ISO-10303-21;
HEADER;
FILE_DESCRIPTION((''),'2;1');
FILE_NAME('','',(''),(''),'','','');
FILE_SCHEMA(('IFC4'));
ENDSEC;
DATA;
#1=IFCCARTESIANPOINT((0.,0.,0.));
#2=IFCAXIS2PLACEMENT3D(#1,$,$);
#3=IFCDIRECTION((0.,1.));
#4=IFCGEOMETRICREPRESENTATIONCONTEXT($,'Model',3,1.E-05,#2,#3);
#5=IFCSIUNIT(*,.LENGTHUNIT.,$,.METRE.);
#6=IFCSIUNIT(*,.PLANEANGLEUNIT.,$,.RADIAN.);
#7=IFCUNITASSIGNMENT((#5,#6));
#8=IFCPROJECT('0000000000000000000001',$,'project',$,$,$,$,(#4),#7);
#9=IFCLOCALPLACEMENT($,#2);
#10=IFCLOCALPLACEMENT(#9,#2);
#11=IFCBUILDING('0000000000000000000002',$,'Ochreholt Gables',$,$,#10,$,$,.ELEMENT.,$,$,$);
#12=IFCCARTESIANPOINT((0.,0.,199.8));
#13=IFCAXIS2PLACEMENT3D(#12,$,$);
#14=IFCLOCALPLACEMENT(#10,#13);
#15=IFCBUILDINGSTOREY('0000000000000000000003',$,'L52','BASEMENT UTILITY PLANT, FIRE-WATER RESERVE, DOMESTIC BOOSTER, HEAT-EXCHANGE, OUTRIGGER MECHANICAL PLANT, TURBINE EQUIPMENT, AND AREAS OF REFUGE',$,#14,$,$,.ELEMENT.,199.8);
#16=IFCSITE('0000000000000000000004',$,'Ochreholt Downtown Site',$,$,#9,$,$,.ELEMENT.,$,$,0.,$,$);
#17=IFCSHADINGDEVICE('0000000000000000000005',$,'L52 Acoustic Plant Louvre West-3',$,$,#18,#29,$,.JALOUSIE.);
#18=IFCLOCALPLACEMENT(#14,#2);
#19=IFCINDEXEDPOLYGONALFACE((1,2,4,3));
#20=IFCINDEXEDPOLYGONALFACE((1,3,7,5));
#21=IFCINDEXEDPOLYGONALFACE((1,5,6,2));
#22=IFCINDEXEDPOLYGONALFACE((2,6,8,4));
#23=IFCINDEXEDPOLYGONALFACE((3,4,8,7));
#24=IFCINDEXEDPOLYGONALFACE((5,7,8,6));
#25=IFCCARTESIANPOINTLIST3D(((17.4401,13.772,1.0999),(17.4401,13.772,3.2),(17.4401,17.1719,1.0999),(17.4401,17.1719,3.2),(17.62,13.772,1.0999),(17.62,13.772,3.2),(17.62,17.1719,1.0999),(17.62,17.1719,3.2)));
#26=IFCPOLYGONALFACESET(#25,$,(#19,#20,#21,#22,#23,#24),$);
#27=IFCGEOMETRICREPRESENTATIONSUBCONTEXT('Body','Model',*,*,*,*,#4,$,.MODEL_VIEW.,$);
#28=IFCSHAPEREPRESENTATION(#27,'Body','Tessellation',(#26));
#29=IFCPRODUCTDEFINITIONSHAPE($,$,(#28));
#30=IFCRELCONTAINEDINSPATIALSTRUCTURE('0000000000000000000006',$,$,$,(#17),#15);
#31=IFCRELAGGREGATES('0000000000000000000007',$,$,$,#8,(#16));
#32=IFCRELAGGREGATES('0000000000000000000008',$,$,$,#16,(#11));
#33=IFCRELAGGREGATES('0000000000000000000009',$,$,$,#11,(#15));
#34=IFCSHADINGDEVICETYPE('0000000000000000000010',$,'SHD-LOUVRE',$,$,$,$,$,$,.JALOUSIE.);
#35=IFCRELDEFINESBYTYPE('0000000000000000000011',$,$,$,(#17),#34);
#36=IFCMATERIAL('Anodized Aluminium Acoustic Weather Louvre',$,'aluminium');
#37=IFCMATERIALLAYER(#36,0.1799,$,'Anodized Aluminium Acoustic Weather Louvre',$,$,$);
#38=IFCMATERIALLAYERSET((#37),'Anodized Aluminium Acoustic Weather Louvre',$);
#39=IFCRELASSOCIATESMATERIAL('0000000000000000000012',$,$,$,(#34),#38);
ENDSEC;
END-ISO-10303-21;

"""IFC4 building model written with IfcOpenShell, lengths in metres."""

from ifc_helpers import new_model, si_unit, direction, frame, origin, origin_2d, place, context, subcontext, project, spatial, rectangle, extrude, material, layer, layer_set, type_object, element, save


model = new_model("IFC4")

# Units and contexts
model_context = context("Model", 3, precision=1e-05, world=origin(), true_north=direction((0.0, 1.0)))
body_context = subcontext(model_context, "Body", "Model", "MODEL_VIEW")
ifc_project = project(units=[si_unit("LENGTHUNIT", "METRE"), si_unit("PLANEANGLEUNIT", "RADIAN")], contexts=[model_context])

# Site, building, storey
site_placement = place(None, origin())
site = spatial("IfcSite", under=ifc_project, at=site_placement, Name="Ochreholt Downtown Site", CompositionType="ELEMENT", RefElevation=0.0)
building_placement = place(site_placement, origin())
building = spatial("IfcBuilding", under=site, at=building_placement, Name="Ochreholt Gables", CompositionType="ELEMENT")
storey_placement = place(building_placement, frame((0.0, 0.0, 199.8)))
storey = spatial("IfcBuildingStorey", under=building, at=storey_placement, Name="L52", Description="BASEMENT UTILITY PLANT, FIRE-WATER RESERVE, DOMESTIC BOOSTER, HEAT-EXCHANGE, OUTRIGGER MECHANICAL PLANT, TURBINE EQUIPMENT, AND AREAS OF REFUGE", CompositionType="ELEMENT", Elevation=199.8)

# Shading device
ifc_material_1 = material(Name="Anodized Aluminium Acoustic Weather Louvre", Category="aluminium")
ifc_layer_1 = layer(ifc_material_1, 0.1799, Name="Anodized Aluminium Acoustic Weather Louvre")
ifc_layer_set_1 = layer_set([ifc_layer_1], Name="Anodized Aluminium Acoustic Weather Louvre")
shading_device_type = type_object("IfcShadingDeviceType", Name="SHD-LOUVRE", PredefinedType="JALOUSIE", material=ifc_layer_set_1)
shading_device_placement = place(storey_placement, frame((17.53, 15.4719, 1.0999), z_axis=(0.0, 0.0, 1.0), x_axis=(0.0, -1.0, 0.0)))
element("IfcShadingDevice", 1, at=shading_device_placement, inside=storey, type_object=shading_device_type, Name="L52 Acoustic Plant Louvre West-3", PredefinedType="JALOUSIE", context=body_context, shape_type="SweptSolid", body=[
    extrude(rectangle(XDim=3.3999, YDim=0.1799, at=origin_2d()), origin(), (0.0, 0.0, 1.0), 2.1001),
])

save(model, "model.ifc")
